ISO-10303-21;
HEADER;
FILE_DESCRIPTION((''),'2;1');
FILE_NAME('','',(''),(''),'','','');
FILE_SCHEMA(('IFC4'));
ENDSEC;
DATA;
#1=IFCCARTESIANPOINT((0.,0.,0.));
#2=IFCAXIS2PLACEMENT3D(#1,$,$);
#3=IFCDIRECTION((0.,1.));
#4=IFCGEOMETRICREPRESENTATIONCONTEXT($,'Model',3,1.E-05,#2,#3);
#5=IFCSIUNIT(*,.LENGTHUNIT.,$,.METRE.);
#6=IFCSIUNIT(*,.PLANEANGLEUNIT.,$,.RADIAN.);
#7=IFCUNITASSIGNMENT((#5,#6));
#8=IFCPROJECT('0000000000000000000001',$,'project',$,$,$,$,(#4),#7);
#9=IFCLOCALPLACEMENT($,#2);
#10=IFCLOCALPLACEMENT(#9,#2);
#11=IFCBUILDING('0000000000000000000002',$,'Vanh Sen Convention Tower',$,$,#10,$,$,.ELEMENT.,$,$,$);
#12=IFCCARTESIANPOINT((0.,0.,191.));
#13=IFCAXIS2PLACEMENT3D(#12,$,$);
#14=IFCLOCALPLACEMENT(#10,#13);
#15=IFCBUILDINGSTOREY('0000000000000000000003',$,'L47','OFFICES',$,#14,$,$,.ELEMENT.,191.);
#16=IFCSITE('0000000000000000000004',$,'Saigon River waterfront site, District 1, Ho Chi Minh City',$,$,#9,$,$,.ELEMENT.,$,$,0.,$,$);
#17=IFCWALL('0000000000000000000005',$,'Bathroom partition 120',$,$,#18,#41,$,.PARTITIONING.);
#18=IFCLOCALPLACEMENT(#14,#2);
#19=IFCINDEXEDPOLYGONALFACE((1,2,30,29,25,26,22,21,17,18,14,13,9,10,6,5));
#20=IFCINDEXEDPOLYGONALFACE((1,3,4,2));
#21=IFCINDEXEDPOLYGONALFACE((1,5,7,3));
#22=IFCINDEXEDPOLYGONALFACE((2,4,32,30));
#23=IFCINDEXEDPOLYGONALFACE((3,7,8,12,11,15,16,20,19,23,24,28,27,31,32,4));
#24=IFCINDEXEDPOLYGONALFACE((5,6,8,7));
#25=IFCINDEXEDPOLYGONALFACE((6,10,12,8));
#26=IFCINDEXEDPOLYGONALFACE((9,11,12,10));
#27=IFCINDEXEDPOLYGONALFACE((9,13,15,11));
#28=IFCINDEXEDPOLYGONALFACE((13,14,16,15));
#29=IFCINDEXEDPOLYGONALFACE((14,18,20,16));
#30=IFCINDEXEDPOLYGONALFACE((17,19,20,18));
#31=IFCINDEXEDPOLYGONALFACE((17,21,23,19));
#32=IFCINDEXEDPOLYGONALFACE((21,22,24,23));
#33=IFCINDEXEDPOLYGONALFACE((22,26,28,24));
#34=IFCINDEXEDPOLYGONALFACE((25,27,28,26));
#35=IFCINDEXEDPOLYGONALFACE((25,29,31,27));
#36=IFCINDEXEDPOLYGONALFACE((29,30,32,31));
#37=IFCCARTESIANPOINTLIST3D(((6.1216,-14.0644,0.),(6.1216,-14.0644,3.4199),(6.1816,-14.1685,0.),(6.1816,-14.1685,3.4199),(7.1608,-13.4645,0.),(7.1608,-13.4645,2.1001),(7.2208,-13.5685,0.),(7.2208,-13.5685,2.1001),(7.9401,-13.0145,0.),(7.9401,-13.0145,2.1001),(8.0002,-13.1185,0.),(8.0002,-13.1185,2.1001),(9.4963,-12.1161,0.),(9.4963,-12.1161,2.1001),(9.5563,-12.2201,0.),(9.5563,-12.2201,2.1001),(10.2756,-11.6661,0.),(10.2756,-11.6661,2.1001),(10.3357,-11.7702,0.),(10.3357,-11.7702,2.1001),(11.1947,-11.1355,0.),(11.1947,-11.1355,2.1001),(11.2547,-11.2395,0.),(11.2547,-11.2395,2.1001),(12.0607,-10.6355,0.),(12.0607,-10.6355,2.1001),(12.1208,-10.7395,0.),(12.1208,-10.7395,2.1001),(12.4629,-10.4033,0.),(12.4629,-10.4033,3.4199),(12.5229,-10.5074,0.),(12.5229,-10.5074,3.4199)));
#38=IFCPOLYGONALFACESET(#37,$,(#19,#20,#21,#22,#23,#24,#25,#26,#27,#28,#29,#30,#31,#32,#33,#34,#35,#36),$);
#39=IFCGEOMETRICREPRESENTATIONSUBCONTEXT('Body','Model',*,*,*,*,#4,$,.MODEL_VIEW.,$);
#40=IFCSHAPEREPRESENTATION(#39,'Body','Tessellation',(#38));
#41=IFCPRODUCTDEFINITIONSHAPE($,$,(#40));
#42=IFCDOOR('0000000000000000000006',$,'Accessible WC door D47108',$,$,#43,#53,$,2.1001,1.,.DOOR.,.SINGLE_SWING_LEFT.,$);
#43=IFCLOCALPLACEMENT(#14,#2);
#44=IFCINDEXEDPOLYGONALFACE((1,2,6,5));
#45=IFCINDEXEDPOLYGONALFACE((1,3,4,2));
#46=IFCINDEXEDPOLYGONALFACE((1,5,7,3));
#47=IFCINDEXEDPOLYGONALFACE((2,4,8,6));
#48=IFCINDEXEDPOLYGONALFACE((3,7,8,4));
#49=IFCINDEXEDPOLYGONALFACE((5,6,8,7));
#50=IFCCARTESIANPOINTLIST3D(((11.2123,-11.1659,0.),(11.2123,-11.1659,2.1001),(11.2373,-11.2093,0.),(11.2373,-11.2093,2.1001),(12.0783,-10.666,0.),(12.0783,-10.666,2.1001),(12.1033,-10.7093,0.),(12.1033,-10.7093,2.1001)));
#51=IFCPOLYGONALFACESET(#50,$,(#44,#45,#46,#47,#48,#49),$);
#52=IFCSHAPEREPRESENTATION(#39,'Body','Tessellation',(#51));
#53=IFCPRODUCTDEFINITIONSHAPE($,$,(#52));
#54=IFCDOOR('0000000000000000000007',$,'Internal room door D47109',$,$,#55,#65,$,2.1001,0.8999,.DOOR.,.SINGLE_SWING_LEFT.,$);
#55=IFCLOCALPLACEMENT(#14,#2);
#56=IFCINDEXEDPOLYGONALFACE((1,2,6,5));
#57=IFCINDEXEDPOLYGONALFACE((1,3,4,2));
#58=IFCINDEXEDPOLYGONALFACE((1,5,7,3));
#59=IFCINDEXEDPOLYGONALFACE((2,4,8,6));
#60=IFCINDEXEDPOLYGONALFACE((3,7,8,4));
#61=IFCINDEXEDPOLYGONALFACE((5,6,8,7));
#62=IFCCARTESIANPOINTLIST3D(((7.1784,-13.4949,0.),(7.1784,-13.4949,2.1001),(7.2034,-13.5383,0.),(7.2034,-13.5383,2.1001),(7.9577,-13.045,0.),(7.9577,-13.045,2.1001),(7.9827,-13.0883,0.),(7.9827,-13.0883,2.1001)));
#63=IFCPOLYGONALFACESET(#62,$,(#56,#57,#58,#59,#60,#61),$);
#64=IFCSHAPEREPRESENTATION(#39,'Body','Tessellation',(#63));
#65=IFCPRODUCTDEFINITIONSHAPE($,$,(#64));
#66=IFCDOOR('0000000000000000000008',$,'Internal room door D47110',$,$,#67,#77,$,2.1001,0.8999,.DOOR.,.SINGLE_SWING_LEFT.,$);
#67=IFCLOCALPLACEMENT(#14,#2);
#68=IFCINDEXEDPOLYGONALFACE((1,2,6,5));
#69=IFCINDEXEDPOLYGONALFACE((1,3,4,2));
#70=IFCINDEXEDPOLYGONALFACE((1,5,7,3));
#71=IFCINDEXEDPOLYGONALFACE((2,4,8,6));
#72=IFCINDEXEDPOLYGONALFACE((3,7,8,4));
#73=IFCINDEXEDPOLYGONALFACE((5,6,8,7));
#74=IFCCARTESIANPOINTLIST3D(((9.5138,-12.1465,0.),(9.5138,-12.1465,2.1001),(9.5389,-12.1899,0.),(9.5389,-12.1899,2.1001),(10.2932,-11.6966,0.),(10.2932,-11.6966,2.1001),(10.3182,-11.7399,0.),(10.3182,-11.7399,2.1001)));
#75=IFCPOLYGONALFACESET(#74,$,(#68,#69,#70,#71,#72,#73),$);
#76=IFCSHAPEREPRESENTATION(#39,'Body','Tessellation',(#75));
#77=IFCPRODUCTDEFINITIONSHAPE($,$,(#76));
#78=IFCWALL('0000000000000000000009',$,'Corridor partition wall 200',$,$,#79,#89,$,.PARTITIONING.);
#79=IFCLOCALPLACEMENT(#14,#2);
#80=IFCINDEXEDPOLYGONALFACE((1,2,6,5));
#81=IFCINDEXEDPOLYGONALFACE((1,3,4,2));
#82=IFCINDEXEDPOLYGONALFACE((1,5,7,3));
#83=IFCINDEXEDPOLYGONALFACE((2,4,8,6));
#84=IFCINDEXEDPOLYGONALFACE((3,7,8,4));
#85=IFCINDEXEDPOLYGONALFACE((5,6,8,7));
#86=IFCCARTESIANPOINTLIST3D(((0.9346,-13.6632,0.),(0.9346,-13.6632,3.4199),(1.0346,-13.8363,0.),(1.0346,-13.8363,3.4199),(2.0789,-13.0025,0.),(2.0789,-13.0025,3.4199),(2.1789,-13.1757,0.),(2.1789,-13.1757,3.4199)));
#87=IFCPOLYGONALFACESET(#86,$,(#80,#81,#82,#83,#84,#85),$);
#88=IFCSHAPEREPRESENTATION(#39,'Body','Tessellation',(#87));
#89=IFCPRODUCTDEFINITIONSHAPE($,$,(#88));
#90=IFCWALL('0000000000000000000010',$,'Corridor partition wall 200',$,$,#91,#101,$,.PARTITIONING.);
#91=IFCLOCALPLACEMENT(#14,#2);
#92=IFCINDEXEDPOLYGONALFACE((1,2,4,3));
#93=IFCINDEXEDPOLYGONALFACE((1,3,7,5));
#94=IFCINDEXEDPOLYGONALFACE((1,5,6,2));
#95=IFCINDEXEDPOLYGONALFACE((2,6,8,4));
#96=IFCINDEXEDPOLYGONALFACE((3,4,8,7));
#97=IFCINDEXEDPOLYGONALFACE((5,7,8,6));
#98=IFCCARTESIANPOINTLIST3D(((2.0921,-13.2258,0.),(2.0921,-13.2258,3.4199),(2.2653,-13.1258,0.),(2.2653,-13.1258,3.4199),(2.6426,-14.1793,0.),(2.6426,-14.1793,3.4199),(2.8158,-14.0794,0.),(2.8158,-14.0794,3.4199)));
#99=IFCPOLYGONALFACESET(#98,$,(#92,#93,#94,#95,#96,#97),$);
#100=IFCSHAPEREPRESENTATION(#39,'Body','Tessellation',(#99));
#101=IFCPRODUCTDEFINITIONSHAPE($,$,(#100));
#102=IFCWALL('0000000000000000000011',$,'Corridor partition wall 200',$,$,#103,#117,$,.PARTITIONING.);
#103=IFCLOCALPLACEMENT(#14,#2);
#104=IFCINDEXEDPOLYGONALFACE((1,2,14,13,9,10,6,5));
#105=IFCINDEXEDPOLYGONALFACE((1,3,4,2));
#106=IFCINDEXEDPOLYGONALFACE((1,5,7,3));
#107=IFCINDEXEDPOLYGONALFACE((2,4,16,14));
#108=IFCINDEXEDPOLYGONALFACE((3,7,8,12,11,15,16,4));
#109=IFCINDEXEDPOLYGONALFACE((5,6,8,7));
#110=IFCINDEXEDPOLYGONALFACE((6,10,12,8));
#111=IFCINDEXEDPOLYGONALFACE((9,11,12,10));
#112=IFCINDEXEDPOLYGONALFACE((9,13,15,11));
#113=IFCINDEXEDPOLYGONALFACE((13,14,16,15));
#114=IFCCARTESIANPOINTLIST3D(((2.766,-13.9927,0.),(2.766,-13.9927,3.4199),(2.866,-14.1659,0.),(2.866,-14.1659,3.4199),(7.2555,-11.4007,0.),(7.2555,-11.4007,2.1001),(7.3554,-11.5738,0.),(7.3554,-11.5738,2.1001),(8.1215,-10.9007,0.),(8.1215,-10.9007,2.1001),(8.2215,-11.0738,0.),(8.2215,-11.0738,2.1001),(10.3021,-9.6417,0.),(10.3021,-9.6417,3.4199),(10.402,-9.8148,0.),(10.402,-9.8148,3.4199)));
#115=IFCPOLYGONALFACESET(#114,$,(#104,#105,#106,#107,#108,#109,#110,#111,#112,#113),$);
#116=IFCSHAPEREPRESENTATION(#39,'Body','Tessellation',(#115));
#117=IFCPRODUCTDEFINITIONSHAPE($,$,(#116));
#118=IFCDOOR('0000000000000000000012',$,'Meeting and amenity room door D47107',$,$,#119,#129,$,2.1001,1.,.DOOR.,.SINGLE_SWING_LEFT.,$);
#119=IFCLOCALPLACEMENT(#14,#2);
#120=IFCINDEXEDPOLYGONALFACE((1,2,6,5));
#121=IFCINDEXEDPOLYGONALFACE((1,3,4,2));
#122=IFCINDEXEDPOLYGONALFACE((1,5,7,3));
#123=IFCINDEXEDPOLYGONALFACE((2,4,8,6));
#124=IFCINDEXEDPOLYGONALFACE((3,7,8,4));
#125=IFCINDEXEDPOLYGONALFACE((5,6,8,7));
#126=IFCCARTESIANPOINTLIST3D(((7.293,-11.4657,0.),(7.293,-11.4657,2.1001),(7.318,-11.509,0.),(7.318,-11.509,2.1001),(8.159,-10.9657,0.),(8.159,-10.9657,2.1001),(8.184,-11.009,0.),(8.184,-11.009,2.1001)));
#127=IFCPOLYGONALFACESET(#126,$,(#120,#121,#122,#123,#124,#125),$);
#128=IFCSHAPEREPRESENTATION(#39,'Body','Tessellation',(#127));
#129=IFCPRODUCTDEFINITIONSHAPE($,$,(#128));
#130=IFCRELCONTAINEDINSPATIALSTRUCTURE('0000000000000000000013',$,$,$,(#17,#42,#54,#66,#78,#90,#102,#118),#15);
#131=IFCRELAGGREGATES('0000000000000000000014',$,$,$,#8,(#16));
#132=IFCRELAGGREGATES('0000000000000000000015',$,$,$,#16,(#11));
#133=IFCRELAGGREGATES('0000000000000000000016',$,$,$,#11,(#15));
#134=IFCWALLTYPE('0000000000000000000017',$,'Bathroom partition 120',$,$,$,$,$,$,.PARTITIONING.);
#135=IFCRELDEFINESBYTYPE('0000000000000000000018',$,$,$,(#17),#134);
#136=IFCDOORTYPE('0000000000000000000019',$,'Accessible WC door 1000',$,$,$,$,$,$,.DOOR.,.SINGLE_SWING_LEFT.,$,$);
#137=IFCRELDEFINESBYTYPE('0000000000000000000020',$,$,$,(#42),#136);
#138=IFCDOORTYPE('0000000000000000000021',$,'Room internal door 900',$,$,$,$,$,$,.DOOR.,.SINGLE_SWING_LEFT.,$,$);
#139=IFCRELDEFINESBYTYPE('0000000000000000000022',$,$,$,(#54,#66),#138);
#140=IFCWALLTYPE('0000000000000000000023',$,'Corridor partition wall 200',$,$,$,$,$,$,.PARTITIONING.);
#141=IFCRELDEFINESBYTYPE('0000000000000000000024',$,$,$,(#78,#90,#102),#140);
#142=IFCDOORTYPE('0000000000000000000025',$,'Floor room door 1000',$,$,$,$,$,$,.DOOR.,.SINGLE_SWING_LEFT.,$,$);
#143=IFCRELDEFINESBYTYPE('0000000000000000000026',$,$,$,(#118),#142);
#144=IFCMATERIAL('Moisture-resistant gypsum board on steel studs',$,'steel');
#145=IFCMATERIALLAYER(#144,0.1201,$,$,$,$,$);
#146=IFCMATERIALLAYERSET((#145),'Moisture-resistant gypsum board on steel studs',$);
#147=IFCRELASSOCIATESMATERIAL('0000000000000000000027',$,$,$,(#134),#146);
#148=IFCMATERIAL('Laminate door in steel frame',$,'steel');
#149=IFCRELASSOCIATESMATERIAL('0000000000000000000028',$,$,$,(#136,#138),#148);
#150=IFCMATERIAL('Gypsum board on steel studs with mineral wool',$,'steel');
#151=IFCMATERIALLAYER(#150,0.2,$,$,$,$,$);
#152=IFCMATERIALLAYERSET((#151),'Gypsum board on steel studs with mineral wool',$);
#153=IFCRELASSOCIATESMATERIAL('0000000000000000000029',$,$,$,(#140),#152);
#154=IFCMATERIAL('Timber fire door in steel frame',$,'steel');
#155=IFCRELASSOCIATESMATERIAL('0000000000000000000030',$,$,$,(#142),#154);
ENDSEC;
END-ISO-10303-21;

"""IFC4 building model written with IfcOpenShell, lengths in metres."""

from ifc_helpers import new_model, si_unit, direction, frame, frame_2d, origin, place, context, subcontext, project, spatial, rectangle, extrude, material, layer, layer_set, type_object, element, fill, save


model = new_model("IFC4")

# Units and contexts
model_context = context("Model", 3, precision=1e-05, world=origin(), true_north=direction((0.0, 1.0)))
body_context = subcontext(model_context, "Body", "Model", "MODEL_VIEW")
ifc_project = project(units=[si_unit("LENGTHUNIT", "METRE"), si_unit("PLANEANGLEUNIT", "RADIAN")], contexts=[model_context])

# Site, building, storey
site_placement = place(None, origin())
site = spatial("IfcSite", under=ifc_project, at=site_placement, Name="Saigon River waterfront site, District 1, Ho Chi Minh City", CompositionType="ELEMENT", RefElevation=0.0)
building_placement = place(site_placement, origin())
building = spatial("IfcBuilding", under=site, at=building_placement, Name="Vanh Sen Convention Tower", CompositionType="ELEMENT")
storey_placement = place(building_placement, frame((0.0, 0.0, 191.0)))
storey = spatial("IfcBuildingStorey", under=building, at=storey_placement, Name="L47", Description="OFFICES", CompositionType="ELEMENT", Elevation=191.0)

# Wall, openings, doors
ifc_material_1 = material(Name="Moisture-resistant gypsum board on steel studs", Category="steel")
ifc_layer_1 = layer(ifc_material_1, 0.1201)
ifc_layer_set_1 = layer_set([ifc_layer_1], Name="Moisture-resistant gypsum board on steel studs")
wall_type_1 = type_object("IfcWallType", Name="Bathroom partition 120", PredefinedType="PARTITIONING", material=ifc_layer_set_1)
wall_1_placement = place(storey_placement, frame((6.1516, -14.1165, 0.0), z_axis=(0.0, 0.0, 1.0), x_axis=(0.866027, 0.499998, 0.0)))
wall_1 = element("IfcWall", 1, at=wall_1_placement, inside=storey, type_object=wall_type_1, Name="Bathroom partition 120", PredefinedType="PARTITIONING", context=body_context, shape_type="SweptSolid", body=[
    extrude(rectangle(XDim=7.3223, YDim=0.1201, at=frame_2d((3.6611, 0.0))), origin(), (0.0, 0.0, 1.0), 3.4199),
])
opening_1_placement = place(wall_1_placement, frame((5.8579, 0.0, 0.0)))
opening_1 = element("IfcOpeningElement", 2, at=opening_1_placement, cuts=wall_1, PredefinedType="OPENING", context=body_context, shape_type="SweptSolid", body=[
    extrude(rectangle(XDim=1.0, YDim=2.1001, at=frame_2d((0.5, 1.05))), frame((0.0, 0.0701, 0.0), z_axis=(0.0, -1.0, 0.0), x_axis=(1.0, 0.0, 0.0)), (0.0, 0.0, 1.0), 0.1401),
])
opening_2_placement = place(wall_1_placement, frame((1.2, 0.0, 0.0)))
opening_2 = element("IfcOpeningElement", 3, at=opening_2_placement, cuts=wall_1, PredefinedType="OPENING", context=body_context, shape_type="SweptSolid", body=[
    extrude(rectangle(XDim=0.8999, YDim=2.1001, at=frame_2d((0.45, 1.05))), frame((0.0, 0.0701, 0.0), z_axis=(0.0, -1.0, 0.0), x_axis=(1.0, 0.0, 0.0)), (0.0, 0.0, 1.0), 0.1401),
])
opening_3_placement = place(wall_1_placement, frame((3.8967, 0.0, 0.0)))
opening_3 = element("IfcOpeningElement", 4, at=opening_3_placement, cuts=wall_1, PredefinedType="OPENING", context=body_context, shape_type="SweptSolid", body=[
    extrude(rectangle(XDim=0.8999, YDim=2.1001, at=frame_2d((0.45, 1.05))), frame((0.0, 0.0701, 0.0), z_axis=(0.0, -1.0, 0.0), x_axis=(1.0, 0.0, 0.0)), (0.0, 0.0, 1.0), 0.1401),
])
ifc_material_2 = material(Name="Laminate door in steel frame", Category="steel")
door_type_1 = type_object("IfcDoorType", Name="Accessible WC door 1000", OperationType="SINGLE_SWING_LEFT", PredefinedType="DOOR", material=ifc_material_2)
door_1_placement = place(opening_1_placement, origin())
door_1 = element("IfcDoor", 5, at=door_1_placement, inside=storey, type_object=door_type_1, Name="Accessible WC door D47108", OperationType="SINGLE_SWING_LEFT", OverallHeight=2.1001, OverallWidth=1.0, PredefinedType="DOOR", context=body_context, shape_type="SweptSolid", body=[
    extrude(rectangle(XDim=1.0, YDim=2.1001, at=frame_2d((0.5, 1.05))), frame((0.0, 0.0249, 0.0), z_axis=(0.0, -1.0, 0.0), x_axis=(1.0, 0.0, 0.0)), (0.0, 0.0, 1.0), 0.05),
])
fill(opening_1, door_1)
door_type_2 = type_object("IfcDoorType", Name="Room internal door 900", OperationType="SINGLE_SWING_LEFT", PredefinedType="DOOR", material=ifc_material_2)
door_2_placement = place(opening_2_placement, origin())
door_2 = element("IfcDoor", 6, at=door_2_placement, inside=storey, type_object=door_type_2, Name="Internal room door D47109", OperationType="SINGLE_SWING_LEFT", OverallHeight=2.1001, OverallWidth=0.8999, PredefinedType="DOOR", context=body_context, shape_type="SweptSolid", body=[
    extrude(rectangle(XDim=0.8999, YDim=2.1001, at=frame_2d((0.45, 1.05))), frame((0.0, 0.0249, 0.0), z_axis=(0.0, -1.0, 0.0), x_axis=(1.0, 0.0, 0.0)), (0.0, 0.0, 1.0), 0.05),
])
fill(opening_2, door_2)
door_3_placement = place(opening_3_placement, origin())
door_3 = element("IfcDoor", 7, at=door_3_placement, inside=storey, type_object=door_type_2, Name="Internal room door D47110", OperationType="SINGLE_SWING_LEFT", OverallHeight=2.1001, OverallWidth=0.8999, PredefinedType="DOOR", context=body_context, shape_type="SweptSolid", body=[
    extrude(rectangle(XDim=0.8999, YDim=2.1001, at=frame_2d((0.45, 1.05))), frame((0.0, 0.0249, 0.0), z_axis=(0.0, -1.0, 0.0), x_axis=(1.0, 0.0, 0.0)), (0.0, 0.0, 1.0), 0.05),
])
fill(opening_3, door_3)

# Walls
ifc_material_3 = material(Name="Gypsum board on steel studs with mineral wool", Category="steel")
ifc_layer_2 = layer(ifc_material_3, 0.2)
ifc_layer_set_2 = layer_set([ifc_layer_2], Name="Gypsum board on steel studs with mineral wool")
wall_type_2 = type_object("IfcWallType", Name="Corridor partition wall 200", PredefinedType="PARTITIONING", material=ifc_layer_set_2)
wall_2_placement = place(storey_placement, frame((0.9846, -13.7498, 0.0), z_axis=(0.0, 0.0, 1.0), x_axis=(0.866029, 0.499994, 0.0)))
element("IfcWall", 8, at=wall_2_placement, inside=storey, type_object=wall_type_2, Name="Corridor partition wall 200", PredefinedType="PARTITIONING", context=body_context, shape_type="SweptSolid", body=[
    extrude(rectangle(XDim=1.3213, YDim=0.2, at=frame_2d((0.6606, 0.0))), origin(), (0.0, 0.0, 1.0), 3.4199),
])
wall_3_placement = place(storey_placement, frame((2.1787, -13.1758, 0.0), z_axis=(0.0, 0.0, 1.0), x_axis=(0.499978, -0.866038, 0.0)))
element("IfcWall", 9, at=wall_3_placement, inside=storey, type_object=wall_type_2, Name="Corridor partition wall 200", PredefinedType="PARTITIONING", context=body_context, shape_type="SweptSolid", body=[
    extrude(rectangle(XDim=1.1011, YDim=0.2, at=frame_2d((0.5505, 0.0))), origin(), (0.0, 0.0, 1.0), 3.4199),
])

# Wall, opening, door
wall_4_placement = place(storey_placement, frame((2.8159, -14.0793, 0.0), z_axis=(0.0, 0.0, 1.0), x_axis=(0.866021, 0.500007, 0.0)))
wall_4 = element("IfcWall", 10, at=wall_4_placement, inside=storey, type_object=wall_type_2, Name="Corridor partition wall 200", PredefinedType="PARTITIONING", context=body_context, shape_type="SweptSolid", body=[
    extrude(rectangle(XDim=8.7019, YDim=0.2, at=frame_2d((4.3511, 0.0))), origin(), (0.0, 0.0, 1.0), 3.4199),
])
opening_4_placement = place(wall_4_placement, frame((5.1841, 0.0, 0.0)))
opening_4 = element("IfcOpeningElement", 11, at=opening_4_placement, cuts=wall_4, PredefinedType="OPENING", context=body_context, shape_type="SweptSolid", body=[
    extrude(rectangle(XDim=1.0, YDim=2.1001, at=frame_2d((0.5, 1.05))), frame((0.0, 0.1099, 0.0), z_axis=(0.0, -1.0, 0.0), x_axis=(1.0, 0.0, 0.0)), (0.0, 0.0, 1.0), 0.22),
])
ifc_material_4 = material(Name="Timber fire door in steel frame", Category="steel")
door_type_3 = type_object("IfcDoorType", Name="Floor room door 1000", OperationType="SINGLE_SWING_LEFT", PredefinedType="DOOR", material=ifc_material_4)
door_4_placement = place(opening_4_placement, origin())
door_4 = element("IfcDoor", 12, at=door_4_placement, inside=storey, type_object=door_type_3, Name="Meeting and amenity room door D47107", OperationType="SINGLE_SWING_LEFT", OverallHeight=2.1001, OverallWidth=1.0, PredefinedType="DOOR", context=body_context, shape_type="SweptSolid", body=[
    extrude(rectangle(XDim=1.0, YDim=2.1001, at=frame_2d((0.5, 1.05))), frame((0.0, 0.0249, 0.0), z_axis=(0.0, -1.0, 0.0), x_axis=(1.0, 0.0, 0.0)), (0.0, 0.0, 1.0), 0.05),
])
fill(opening_4, door_4)

save(model, "model.ifc")
